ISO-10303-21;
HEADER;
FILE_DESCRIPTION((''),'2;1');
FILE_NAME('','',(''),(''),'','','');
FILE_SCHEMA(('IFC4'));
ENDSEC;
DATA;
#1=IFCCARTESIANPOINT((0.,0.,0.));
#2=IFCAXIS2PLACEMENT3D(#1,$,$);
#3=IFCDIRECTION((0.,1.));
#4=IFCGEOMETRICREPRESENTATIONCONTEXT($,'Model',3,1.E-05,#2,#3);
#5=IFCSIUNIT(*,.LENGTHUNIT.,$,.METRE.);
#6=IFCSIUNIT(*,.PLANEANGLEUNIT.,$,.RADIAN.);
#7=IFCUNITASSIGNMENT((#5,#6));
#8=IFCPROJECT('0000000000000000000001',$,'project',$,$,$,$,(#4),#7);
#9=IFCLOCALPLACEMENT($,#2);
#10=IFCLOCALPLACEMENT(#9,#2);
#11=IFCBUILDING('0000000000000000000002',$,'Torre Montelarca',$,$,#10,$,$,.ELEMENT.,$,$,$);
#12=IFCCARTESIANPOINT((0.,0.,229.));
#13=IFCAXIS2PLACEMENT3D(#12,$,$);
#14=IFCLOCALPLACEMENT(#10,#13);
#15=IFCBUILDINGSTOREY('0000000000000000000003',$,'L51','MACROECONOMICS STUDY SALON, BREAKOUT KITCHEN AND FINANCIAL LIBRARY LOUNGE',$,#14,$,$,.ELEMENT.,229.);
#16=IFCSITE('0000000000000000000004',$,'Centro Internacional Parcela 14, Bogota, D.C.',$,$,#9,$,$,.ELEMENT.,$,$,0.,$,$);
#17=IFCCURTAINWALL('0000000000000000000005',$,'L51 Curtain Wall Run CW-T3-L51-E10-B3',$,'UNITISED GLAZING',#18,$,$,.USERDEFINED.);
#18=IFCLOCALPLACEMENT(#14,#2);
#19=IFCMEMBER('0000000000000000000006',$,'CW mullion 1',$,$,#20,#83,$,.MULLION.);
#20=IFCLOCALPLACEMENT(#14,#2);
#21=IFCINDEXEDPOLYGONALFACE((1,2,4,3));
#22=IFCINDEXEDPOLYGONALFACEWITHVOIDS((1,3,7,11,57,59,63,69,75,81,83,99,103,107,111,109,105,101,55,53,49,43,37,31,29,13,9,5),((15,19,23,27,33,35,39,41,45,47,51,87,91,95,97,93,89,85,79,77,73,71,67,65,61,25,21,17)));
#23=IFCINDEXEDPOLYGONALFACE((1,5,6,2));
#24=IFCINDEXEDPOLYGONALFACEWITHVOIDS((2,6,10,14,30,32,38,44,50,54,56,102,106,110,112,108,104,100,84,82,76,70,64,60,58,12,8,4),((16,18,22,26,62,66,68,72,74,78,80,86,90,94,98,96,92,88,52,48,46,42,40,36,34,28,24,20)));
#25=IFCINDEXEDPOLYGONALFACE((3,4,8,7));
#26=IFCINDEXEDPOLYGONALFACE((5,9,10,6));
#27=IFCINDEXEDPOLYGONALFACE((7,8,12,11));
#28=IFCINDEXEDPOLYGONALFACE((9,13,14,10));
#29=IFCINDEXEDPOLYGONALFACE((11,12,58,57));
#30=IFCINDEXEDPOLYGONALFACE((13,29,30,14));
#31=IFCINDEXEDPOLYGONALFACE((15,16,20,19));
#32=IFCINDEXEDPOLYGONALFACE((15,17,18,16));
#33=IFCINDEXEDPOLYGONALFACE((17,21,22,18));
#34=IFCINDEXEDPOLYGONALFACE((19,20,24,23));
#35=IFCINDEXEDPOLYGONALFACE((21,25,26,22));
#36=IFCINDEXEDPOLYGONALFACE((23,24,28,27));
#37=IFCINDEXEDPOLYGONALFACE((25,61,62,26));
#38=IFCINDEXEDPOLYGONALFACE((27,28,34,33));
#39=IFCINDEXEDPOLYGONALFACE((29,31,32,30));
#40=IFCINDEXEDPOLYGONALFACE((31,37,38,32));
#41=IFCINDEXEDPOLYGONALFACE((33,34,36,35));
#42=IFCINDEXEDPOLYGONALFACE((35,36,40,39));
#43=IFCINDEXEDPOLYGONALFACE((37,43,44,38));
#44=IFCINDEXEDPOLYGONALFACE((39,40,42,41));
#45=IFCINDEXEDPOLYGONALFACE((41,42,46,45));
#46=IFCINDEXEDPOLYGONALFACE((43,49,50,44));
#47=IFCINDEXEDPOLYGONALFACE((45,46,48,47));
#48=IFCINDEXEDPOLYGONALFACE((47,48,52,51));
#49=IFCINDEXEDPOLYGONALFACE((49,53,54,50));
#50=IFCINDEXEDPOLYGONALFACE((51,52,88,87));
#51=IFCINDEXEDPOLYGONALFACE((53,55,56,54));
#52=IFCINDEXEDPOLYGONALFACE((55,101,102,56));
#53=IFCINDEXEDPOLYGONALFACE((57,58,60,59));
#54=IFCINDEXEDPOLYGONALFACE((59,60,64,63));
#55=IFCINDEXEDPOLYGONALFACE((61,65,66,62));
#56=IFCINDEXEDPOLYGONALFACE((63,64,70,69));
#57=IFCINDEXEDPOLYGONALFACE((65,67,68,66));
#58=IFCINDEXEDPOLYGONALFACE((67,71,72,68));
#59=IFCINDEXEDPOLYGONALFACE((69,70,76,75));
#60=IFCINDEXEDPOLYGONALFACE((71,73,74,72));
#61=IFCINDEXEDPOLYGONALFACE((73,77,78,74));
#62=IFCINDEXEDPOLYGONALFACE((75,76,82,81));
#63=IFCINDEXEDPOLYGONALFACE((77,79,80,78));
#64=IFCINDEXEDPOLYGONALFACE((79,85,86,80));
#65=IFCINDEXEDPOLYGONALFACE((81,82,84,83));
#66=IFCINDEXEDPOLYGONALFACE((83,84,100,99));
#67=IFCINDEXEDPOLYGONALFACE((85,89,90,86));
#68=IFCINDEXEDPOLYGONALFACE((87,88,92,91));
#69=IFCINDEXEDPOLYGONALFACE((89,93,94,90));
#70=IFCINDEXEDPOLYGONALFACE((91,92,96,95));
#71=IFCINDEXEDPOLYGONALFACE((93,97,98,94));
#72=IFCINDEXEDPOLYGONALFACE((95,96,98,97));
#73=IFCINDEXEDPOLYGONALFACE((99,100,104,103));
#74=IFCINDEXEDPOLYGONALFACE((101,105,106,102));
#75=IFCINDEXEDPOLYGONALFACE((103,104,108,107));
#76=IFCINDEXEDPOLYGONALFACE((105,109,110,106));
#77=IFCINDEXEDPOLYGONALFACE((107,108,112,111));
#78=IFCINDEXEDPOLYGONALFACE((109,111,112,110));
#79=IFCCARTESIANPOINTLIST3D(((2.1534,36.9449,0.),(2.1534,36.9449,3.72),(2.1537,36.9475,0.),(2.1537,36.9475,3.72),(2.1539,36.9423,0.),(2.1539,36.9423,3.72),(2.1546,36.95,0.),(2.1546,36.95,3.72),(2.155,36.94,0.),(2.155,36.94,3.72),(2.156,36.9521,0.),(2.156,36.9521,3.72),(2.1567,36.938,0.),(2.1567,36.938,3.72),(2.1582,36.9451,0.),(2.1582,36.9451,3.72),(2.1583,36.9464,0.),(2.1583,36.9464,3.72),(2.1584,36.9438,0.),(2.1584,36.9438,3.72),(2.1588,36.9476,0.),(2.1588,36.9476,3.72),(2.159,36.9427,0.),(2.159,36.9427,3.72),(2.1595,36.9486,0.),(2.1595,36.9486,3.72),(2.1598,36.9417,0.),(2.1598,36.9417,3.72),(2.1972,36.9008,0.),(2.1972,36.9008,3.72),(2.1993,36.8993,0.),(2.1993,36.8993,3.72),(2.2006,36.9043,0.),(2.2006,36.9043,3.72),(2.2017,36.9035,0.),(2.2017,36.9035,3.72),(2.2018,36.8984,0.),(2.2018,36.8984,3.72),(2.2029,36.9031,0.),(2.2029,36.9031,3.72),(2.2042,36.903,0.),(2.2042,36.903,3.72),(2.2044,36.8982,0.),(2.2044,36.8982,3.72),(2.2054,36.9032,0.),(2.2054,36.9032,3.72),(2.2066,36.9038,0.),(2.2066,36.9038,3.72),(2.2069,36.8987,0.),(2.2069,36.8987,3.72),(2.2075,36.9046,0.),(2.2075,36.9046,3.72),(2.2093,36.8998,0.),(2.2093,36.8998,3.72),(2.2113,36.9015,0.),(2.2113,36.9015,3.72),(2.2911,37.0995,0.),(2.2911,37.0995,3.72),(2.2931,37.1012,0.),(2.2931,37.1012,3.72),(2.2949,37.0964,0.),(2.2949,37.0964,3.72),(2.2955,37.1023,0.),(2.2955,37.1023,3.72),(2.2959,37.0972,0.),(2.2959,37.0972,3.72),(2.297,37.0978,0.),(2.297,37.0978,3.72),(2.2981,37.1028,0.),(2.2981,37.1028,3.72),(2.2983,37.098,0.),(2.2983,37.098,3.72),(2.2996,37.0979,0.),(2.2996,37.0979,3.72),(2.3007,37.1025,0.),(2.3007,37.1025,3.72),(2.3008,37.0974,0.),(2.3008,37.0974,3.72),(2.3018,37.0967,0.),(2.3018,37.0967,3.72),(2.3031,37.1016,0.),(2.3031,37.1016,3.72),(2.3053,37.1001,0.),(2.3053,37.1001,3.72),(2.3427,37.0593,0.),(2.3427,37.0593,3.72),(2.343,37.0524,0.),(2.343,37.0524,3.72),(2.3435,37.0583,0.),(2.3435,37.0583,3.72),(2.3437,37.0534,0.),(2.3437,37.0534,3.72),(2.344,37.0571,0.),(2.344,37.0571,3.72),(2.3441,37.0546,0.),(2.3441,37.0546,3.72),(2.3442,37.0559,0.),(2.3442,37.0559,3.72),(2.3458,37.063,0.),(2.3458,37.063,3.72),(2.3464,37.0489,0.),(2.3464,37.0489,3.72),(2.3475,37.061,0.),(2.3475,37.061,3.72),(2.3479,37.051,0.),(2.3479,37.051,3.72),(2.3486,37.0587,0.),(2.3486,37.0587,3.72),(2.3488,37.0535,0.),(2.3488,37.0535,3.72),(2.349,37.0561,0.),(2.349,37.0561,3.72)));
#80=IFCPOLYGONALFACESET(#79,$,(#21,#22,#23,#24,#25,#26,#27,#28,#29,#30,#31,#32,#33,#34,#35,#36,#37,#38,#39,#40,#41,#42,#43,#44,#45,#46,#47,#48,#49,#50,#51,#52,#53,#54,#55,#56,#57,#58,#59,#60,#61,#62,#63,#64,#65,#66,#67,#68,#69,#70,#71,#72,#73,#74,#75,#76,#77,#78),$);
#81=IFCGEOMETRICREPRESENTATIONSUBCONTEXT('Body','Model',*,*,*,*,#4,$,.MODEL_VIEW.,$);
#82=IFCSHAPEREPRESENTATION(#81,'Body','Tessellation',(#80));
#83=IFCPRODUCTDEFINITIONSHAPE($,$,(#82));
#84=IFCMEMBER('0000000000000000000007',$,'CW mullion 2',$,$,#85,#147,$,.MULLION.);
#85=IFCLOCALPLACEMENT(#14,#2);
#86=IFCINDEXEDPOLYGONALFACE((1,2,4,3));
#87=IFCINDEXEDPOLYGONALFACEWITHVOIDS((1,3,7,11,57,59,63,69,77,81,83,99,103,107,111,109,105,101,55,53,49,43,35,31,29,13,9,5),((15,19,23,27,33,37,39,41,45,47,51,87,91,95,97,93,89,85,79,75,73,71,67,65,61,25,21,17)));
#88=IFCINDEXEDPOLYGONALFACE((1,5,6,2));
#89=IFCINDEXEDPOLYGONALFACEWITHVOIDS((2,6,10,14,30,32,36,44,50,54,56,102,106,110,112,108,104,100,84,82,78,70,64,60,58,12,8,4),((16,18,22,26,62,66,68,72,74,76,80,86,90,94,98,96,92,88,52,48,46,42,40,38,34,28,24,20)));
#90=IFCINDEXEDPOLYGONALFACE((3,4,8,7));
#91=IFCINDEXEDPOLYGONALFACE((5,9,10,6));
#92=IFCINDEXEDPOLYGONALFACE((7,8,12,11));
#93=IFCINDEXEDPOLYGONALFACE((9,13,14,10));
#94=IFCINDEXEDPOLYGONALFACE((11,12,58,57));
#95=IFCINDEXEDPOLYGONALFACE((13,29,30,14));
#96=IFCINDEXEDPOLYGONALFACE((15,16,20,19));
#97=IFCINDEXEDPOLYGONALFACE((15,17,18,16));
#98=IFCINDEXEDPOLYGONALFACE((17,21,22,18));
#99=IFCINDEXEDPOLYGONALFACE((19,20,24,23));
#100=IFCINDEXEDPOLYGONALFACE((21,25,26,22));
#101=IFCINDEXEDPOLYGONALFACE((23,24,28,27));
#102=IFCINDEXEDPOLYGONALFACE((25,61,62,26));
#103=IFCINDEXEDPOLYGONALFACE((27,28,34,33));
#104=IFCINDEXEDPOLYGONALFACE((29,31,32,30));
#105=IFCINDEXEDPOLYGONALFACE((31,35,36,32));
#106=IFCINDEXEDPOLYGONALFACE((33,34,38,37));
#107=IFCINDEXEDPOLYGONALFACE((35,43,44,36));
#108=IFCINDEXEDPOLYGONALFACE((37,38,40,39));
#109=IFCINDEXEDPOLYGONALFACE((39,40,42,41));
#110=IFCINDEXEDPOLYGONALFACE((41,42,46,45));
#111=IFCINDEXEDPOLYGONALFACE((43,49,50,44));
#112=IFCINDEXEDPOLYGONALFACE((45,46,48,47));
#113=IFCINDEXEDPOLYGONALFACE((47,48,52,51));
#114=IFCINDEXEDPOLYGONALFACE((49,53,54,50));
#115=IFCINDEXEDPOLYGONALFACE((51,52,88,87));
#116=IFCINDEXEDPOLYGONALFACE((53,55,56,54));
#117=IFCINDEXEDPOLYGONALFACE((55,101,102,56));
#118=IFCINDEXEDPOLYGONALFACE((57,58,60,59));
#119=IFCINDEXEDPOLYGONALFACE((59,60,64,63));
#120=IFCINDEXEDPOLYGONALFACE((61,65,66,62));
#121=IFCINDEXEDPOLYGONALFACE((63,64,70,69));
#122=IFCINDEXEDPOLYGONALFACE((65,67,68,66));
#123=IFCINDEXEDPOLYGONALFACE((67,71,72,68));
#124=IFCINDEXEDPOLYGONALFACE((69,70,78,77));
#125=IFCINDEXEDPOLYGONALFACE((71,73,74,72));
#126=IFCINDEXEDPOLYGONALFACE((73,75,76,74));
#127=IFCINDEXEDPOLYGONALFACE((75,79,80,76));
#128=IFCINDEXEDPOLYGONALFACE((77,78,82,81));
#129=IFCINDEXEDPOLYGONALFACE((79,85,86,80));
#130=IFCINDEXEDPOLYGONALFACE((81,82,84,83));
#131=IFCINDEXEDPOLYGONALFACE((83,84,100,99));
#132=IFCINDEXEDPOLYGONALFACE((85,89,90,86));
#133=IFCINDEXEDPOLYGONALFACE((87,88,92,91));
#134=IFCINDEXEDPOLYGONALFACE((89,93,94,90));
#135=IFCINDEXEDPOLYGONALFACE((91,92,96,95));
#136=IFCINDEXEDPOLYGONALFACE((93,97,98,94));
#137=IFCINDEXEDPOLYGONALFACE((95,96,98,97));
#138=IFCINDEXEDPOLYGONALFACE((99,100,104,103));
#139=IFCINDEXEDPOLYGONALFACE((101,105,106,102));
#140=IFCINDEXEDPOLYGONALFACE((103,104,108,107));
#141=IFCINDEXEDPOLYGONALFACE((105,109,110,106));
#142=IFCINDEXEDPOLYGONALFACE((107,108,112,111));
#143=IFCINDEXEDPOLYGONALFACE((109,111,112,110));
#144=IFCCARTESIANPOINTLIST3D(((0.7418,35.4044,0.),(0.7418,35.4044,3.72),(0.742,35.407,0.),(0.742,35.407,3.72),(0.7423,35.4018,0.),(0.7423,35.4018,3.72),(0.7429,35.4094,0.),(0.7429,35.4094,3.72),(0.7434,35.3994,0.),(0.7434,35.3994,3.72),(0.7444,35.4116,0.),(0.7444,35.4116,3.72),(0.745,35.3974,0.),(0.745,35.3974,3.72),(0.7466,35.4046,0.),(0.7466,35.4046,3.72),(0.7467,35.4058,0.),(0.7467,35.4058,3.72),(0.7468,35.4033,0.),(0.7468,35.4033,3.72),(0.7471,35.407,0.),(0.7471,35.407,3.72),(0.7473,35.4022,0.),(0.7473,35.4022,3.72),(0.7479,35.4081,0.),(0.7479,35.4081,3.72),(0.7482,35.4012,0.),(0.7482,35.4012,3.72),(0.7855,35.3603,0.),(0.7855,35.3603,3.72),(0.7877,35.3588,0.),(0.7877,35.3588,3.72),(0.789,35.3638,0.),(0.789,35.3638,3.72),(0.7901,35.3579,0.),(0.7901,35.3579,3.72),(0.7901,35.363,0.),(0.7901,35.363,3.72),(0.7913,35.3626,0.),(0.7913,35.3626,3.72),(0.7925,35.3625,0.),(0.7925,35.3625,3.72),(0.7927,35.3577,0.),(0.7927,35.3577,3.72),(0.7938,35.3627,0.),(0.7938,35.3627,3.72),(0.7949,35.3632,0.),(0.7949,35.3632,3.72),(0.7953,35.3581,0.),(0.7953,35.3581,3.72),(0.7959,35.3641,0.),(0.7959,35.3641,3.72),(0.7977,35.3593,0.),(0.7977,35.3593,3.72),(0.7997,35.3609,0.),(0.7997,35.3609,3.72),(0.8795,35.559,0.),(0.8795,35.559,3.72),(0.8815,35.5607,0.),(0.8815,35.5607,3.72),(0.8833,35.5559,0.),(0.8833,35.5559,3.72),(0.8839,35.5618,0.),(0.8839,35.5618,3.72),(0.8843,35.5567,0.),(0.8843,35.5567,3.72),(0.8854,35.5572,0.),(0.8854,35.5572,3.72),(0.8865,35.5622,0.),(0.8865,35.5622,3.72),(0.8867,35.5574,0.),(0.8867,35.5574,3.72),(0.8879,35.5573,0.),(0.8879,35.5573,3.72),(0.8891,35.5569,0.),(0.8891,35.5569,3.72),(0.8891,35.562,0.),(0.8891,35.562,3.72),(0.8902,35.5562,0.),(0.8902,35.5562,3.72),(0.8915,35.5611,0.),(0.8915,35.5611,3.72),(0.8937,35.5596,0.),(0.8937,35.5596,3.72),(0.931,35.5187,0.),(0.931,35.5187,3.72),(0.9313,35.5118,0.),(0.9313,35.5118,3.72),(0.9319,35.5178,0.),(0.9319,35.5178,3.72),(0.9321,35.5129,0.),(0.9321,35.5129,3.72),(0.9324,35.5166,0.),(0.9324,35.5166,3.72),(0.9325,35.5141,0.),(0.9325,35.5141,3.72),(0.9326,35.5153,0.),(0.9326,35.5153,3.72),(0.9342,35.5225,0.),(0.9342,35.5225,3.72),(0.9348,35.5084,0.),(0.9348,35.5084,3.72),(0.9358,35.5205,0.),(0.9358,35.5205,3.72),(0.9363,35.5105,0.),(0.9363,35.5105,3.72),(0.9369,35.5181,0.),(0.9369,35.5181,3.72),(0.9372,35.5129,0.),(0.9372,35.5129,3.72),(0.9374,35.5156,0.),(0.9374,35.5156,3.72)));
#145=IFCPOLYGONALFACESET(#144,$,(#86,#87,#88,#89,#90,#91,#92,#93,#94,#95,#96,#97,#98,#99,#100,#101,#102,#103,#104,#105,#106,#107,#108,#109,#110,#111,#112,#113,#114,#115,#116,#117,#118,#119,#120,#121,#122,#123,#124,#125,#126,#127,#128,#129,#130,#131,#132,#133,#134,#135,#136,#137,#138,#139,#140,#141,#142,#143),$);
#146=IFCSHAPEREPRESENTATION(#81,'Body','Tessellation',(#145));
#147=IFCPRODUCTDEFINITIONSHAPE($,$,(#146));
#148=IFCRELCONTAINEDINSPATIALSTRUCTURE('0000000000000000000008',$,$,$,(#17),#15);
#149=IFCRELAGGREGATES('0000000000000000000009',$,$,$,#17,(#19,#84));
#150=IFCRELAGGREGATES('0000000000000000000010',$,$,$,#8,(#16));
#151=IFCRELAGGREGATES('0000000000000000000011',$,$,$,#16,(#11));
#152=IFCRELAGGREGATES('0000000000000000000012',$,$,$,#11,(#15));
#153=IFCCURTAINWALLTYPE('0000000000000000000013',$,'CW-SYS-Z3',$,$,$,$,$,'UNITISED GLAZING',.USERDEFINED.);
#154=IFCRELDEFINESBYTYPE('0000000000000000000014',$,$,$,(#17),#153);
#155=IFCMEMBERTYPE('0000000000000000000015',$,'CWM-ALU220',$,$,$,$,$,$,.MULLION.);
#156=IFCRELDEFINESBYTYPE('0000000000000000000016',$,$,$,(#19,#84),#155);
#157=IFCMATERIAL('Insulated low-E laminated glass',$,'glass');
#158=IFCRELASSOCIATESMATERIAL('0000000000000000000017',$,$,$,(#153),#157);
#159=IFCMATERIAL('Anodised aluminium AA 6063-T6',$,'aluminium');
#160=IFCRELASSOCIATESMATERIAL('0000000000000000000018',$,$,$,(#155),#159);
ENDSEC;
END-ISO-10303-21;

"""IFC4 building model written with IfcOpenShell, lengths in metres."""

from ifc_helpers import new_model, si_unit, direction, frame, origin, origin_2d, place, context, subcontext, project, spatial, hollow_rectangle, extrude, source, transform, mapped, material, material_profile, profile_set, type_object, element, aggregate, save


model = new_model("IFC4")

# Units and contexts
model_context = context("Model", 3, precision=1e-05, world=origin(), true_north=direction((0.0, 1.0)))
body_context = subcontext(model_context, "Body", "Model", "MODEL_VIEW")
ifc_project = project(units=[si_unit("LENGTHUNIT", "METRE"), si_unit("PLANEANGLEUNIT", "RADIAN")], contexts=[model_context])

# Site, building, storey
site_placement = place(None, origin())
site = spatial("IfcSite", under=ifc_project, at=site_placement, Name="Centro Internacional Parcela 14, Bogota, D.C.", CompositionType="ELEMENT", RefElevation=0.0)
building_placement = place(site_placement, origin())
building = spatial("IfcBuilding", under=site, at=building_placement, Name="Torre Montelarca", CompositionType="ELEMENT")
storey_placement = place(building_placement, frame((0.0, 0.0, 229.0)))
storey = spatial("IfcBuildingStorey", under=building, at=storey_placement, Name="L51", Description="MACROECONOMICS STUDY SALON, BREAKOUT KITCHEN AND FINANCIAL LIBRARY LOUNGE", CompositionType="ELEMENT", Elevation=229.0)

# Curtain wall, members
ifc_material_1 = material(Name="Insulated low-E laminated glass", Category="glass")
curtain_wall_type = type_object("IfcCurtainWallType", Name="CW-SYS-Z3", ElementType="UNITISED GLAZING", PredefinedType="USERDEFINED", material=ifc_material_1)
curtain_wall_placement = place(storey_placement, origin())
curtain_wall = element("IfcCurtainWall", 1, at=curtain_wall_placement, inside=storey, type_object=curtain_wall_type, Name="L51 Curtain Wall Run CW-T3-L51-E10-B3", ObjectType="UNITISED GLAZING", PredefinedType="USERDEFINED")
ifc_material_2 = material(Name="Anodised aluminium AA 6063-T6", Category="aluminium")
ifc_material_profile_1 = material_profile(ifc_material_2, hollow_rectangle(XDim=0.075, YDim=0.22, WallThickness=0.0049, InnerFilletRadius=0.0049, OuterFilletRadius=0.01, at=origin_2d()), Name="ALU75X220X5", Category="aluminium")
ifc_profile_set_1 = profile_set([ifc_material_profile_1], Name="Anodised aluminium AA 6063-T6")
member_type_1 = type_object("IfcMemberType", Name="CWM-ALU220", PredefinedType="MULLION", material=ifc_profile_set_1)
shared_shape_1 = source(origin(), body_context, "Body", "SweptSolid", [
    extrude(hollow_rectangle(XDim=0.075, YDim=0.22, WallThickness=0.0049, InnerFilletRadius=0.0049, OuterFilletRadius=0.01, at=origin_2d()), origin(), (0.0, 0.0, 1.0), 3.72),
])
member_1_placement = place(storey_placement, frame((2.2512, 37.0005, 0.0), z_axis=(0.0, 0.0, 1.0), x_axis=(0.737285, -0.675582, 0.0)))
member_1 = element("IfcMember", 2, at=member_1_placement, type_object=member_type_1, Name="CW mullion 1", PredefinedType="MULLION", context=body_context, shape_type="MappedRepresentation", body=[
    mapped(shared_shape_1, transform((0.0, 0.0, 0.0), scale=1.0)),
])
member_2_placement = place(storey_placement, frame((0.8396, 35.46, 0.0), z_axis=(0.0, 0.0, 1.0), x_axis=(0.737285, -0.675582, 0.0)))
member_2 = element("IfcMember", 3, at=member_2_placement, type_object=member_type_1, Name="CW mullion 2", PredefinedType="MULLION", context=body_context, shape_type="MappedRepresentation", body=[
    mapped(shared_shape_1, transform((0.0, 0.0, 0.0), scale=1.0)),
])
aggregate(curtain_wall, [member_1, member_2])

save(model, "model.ifc")
